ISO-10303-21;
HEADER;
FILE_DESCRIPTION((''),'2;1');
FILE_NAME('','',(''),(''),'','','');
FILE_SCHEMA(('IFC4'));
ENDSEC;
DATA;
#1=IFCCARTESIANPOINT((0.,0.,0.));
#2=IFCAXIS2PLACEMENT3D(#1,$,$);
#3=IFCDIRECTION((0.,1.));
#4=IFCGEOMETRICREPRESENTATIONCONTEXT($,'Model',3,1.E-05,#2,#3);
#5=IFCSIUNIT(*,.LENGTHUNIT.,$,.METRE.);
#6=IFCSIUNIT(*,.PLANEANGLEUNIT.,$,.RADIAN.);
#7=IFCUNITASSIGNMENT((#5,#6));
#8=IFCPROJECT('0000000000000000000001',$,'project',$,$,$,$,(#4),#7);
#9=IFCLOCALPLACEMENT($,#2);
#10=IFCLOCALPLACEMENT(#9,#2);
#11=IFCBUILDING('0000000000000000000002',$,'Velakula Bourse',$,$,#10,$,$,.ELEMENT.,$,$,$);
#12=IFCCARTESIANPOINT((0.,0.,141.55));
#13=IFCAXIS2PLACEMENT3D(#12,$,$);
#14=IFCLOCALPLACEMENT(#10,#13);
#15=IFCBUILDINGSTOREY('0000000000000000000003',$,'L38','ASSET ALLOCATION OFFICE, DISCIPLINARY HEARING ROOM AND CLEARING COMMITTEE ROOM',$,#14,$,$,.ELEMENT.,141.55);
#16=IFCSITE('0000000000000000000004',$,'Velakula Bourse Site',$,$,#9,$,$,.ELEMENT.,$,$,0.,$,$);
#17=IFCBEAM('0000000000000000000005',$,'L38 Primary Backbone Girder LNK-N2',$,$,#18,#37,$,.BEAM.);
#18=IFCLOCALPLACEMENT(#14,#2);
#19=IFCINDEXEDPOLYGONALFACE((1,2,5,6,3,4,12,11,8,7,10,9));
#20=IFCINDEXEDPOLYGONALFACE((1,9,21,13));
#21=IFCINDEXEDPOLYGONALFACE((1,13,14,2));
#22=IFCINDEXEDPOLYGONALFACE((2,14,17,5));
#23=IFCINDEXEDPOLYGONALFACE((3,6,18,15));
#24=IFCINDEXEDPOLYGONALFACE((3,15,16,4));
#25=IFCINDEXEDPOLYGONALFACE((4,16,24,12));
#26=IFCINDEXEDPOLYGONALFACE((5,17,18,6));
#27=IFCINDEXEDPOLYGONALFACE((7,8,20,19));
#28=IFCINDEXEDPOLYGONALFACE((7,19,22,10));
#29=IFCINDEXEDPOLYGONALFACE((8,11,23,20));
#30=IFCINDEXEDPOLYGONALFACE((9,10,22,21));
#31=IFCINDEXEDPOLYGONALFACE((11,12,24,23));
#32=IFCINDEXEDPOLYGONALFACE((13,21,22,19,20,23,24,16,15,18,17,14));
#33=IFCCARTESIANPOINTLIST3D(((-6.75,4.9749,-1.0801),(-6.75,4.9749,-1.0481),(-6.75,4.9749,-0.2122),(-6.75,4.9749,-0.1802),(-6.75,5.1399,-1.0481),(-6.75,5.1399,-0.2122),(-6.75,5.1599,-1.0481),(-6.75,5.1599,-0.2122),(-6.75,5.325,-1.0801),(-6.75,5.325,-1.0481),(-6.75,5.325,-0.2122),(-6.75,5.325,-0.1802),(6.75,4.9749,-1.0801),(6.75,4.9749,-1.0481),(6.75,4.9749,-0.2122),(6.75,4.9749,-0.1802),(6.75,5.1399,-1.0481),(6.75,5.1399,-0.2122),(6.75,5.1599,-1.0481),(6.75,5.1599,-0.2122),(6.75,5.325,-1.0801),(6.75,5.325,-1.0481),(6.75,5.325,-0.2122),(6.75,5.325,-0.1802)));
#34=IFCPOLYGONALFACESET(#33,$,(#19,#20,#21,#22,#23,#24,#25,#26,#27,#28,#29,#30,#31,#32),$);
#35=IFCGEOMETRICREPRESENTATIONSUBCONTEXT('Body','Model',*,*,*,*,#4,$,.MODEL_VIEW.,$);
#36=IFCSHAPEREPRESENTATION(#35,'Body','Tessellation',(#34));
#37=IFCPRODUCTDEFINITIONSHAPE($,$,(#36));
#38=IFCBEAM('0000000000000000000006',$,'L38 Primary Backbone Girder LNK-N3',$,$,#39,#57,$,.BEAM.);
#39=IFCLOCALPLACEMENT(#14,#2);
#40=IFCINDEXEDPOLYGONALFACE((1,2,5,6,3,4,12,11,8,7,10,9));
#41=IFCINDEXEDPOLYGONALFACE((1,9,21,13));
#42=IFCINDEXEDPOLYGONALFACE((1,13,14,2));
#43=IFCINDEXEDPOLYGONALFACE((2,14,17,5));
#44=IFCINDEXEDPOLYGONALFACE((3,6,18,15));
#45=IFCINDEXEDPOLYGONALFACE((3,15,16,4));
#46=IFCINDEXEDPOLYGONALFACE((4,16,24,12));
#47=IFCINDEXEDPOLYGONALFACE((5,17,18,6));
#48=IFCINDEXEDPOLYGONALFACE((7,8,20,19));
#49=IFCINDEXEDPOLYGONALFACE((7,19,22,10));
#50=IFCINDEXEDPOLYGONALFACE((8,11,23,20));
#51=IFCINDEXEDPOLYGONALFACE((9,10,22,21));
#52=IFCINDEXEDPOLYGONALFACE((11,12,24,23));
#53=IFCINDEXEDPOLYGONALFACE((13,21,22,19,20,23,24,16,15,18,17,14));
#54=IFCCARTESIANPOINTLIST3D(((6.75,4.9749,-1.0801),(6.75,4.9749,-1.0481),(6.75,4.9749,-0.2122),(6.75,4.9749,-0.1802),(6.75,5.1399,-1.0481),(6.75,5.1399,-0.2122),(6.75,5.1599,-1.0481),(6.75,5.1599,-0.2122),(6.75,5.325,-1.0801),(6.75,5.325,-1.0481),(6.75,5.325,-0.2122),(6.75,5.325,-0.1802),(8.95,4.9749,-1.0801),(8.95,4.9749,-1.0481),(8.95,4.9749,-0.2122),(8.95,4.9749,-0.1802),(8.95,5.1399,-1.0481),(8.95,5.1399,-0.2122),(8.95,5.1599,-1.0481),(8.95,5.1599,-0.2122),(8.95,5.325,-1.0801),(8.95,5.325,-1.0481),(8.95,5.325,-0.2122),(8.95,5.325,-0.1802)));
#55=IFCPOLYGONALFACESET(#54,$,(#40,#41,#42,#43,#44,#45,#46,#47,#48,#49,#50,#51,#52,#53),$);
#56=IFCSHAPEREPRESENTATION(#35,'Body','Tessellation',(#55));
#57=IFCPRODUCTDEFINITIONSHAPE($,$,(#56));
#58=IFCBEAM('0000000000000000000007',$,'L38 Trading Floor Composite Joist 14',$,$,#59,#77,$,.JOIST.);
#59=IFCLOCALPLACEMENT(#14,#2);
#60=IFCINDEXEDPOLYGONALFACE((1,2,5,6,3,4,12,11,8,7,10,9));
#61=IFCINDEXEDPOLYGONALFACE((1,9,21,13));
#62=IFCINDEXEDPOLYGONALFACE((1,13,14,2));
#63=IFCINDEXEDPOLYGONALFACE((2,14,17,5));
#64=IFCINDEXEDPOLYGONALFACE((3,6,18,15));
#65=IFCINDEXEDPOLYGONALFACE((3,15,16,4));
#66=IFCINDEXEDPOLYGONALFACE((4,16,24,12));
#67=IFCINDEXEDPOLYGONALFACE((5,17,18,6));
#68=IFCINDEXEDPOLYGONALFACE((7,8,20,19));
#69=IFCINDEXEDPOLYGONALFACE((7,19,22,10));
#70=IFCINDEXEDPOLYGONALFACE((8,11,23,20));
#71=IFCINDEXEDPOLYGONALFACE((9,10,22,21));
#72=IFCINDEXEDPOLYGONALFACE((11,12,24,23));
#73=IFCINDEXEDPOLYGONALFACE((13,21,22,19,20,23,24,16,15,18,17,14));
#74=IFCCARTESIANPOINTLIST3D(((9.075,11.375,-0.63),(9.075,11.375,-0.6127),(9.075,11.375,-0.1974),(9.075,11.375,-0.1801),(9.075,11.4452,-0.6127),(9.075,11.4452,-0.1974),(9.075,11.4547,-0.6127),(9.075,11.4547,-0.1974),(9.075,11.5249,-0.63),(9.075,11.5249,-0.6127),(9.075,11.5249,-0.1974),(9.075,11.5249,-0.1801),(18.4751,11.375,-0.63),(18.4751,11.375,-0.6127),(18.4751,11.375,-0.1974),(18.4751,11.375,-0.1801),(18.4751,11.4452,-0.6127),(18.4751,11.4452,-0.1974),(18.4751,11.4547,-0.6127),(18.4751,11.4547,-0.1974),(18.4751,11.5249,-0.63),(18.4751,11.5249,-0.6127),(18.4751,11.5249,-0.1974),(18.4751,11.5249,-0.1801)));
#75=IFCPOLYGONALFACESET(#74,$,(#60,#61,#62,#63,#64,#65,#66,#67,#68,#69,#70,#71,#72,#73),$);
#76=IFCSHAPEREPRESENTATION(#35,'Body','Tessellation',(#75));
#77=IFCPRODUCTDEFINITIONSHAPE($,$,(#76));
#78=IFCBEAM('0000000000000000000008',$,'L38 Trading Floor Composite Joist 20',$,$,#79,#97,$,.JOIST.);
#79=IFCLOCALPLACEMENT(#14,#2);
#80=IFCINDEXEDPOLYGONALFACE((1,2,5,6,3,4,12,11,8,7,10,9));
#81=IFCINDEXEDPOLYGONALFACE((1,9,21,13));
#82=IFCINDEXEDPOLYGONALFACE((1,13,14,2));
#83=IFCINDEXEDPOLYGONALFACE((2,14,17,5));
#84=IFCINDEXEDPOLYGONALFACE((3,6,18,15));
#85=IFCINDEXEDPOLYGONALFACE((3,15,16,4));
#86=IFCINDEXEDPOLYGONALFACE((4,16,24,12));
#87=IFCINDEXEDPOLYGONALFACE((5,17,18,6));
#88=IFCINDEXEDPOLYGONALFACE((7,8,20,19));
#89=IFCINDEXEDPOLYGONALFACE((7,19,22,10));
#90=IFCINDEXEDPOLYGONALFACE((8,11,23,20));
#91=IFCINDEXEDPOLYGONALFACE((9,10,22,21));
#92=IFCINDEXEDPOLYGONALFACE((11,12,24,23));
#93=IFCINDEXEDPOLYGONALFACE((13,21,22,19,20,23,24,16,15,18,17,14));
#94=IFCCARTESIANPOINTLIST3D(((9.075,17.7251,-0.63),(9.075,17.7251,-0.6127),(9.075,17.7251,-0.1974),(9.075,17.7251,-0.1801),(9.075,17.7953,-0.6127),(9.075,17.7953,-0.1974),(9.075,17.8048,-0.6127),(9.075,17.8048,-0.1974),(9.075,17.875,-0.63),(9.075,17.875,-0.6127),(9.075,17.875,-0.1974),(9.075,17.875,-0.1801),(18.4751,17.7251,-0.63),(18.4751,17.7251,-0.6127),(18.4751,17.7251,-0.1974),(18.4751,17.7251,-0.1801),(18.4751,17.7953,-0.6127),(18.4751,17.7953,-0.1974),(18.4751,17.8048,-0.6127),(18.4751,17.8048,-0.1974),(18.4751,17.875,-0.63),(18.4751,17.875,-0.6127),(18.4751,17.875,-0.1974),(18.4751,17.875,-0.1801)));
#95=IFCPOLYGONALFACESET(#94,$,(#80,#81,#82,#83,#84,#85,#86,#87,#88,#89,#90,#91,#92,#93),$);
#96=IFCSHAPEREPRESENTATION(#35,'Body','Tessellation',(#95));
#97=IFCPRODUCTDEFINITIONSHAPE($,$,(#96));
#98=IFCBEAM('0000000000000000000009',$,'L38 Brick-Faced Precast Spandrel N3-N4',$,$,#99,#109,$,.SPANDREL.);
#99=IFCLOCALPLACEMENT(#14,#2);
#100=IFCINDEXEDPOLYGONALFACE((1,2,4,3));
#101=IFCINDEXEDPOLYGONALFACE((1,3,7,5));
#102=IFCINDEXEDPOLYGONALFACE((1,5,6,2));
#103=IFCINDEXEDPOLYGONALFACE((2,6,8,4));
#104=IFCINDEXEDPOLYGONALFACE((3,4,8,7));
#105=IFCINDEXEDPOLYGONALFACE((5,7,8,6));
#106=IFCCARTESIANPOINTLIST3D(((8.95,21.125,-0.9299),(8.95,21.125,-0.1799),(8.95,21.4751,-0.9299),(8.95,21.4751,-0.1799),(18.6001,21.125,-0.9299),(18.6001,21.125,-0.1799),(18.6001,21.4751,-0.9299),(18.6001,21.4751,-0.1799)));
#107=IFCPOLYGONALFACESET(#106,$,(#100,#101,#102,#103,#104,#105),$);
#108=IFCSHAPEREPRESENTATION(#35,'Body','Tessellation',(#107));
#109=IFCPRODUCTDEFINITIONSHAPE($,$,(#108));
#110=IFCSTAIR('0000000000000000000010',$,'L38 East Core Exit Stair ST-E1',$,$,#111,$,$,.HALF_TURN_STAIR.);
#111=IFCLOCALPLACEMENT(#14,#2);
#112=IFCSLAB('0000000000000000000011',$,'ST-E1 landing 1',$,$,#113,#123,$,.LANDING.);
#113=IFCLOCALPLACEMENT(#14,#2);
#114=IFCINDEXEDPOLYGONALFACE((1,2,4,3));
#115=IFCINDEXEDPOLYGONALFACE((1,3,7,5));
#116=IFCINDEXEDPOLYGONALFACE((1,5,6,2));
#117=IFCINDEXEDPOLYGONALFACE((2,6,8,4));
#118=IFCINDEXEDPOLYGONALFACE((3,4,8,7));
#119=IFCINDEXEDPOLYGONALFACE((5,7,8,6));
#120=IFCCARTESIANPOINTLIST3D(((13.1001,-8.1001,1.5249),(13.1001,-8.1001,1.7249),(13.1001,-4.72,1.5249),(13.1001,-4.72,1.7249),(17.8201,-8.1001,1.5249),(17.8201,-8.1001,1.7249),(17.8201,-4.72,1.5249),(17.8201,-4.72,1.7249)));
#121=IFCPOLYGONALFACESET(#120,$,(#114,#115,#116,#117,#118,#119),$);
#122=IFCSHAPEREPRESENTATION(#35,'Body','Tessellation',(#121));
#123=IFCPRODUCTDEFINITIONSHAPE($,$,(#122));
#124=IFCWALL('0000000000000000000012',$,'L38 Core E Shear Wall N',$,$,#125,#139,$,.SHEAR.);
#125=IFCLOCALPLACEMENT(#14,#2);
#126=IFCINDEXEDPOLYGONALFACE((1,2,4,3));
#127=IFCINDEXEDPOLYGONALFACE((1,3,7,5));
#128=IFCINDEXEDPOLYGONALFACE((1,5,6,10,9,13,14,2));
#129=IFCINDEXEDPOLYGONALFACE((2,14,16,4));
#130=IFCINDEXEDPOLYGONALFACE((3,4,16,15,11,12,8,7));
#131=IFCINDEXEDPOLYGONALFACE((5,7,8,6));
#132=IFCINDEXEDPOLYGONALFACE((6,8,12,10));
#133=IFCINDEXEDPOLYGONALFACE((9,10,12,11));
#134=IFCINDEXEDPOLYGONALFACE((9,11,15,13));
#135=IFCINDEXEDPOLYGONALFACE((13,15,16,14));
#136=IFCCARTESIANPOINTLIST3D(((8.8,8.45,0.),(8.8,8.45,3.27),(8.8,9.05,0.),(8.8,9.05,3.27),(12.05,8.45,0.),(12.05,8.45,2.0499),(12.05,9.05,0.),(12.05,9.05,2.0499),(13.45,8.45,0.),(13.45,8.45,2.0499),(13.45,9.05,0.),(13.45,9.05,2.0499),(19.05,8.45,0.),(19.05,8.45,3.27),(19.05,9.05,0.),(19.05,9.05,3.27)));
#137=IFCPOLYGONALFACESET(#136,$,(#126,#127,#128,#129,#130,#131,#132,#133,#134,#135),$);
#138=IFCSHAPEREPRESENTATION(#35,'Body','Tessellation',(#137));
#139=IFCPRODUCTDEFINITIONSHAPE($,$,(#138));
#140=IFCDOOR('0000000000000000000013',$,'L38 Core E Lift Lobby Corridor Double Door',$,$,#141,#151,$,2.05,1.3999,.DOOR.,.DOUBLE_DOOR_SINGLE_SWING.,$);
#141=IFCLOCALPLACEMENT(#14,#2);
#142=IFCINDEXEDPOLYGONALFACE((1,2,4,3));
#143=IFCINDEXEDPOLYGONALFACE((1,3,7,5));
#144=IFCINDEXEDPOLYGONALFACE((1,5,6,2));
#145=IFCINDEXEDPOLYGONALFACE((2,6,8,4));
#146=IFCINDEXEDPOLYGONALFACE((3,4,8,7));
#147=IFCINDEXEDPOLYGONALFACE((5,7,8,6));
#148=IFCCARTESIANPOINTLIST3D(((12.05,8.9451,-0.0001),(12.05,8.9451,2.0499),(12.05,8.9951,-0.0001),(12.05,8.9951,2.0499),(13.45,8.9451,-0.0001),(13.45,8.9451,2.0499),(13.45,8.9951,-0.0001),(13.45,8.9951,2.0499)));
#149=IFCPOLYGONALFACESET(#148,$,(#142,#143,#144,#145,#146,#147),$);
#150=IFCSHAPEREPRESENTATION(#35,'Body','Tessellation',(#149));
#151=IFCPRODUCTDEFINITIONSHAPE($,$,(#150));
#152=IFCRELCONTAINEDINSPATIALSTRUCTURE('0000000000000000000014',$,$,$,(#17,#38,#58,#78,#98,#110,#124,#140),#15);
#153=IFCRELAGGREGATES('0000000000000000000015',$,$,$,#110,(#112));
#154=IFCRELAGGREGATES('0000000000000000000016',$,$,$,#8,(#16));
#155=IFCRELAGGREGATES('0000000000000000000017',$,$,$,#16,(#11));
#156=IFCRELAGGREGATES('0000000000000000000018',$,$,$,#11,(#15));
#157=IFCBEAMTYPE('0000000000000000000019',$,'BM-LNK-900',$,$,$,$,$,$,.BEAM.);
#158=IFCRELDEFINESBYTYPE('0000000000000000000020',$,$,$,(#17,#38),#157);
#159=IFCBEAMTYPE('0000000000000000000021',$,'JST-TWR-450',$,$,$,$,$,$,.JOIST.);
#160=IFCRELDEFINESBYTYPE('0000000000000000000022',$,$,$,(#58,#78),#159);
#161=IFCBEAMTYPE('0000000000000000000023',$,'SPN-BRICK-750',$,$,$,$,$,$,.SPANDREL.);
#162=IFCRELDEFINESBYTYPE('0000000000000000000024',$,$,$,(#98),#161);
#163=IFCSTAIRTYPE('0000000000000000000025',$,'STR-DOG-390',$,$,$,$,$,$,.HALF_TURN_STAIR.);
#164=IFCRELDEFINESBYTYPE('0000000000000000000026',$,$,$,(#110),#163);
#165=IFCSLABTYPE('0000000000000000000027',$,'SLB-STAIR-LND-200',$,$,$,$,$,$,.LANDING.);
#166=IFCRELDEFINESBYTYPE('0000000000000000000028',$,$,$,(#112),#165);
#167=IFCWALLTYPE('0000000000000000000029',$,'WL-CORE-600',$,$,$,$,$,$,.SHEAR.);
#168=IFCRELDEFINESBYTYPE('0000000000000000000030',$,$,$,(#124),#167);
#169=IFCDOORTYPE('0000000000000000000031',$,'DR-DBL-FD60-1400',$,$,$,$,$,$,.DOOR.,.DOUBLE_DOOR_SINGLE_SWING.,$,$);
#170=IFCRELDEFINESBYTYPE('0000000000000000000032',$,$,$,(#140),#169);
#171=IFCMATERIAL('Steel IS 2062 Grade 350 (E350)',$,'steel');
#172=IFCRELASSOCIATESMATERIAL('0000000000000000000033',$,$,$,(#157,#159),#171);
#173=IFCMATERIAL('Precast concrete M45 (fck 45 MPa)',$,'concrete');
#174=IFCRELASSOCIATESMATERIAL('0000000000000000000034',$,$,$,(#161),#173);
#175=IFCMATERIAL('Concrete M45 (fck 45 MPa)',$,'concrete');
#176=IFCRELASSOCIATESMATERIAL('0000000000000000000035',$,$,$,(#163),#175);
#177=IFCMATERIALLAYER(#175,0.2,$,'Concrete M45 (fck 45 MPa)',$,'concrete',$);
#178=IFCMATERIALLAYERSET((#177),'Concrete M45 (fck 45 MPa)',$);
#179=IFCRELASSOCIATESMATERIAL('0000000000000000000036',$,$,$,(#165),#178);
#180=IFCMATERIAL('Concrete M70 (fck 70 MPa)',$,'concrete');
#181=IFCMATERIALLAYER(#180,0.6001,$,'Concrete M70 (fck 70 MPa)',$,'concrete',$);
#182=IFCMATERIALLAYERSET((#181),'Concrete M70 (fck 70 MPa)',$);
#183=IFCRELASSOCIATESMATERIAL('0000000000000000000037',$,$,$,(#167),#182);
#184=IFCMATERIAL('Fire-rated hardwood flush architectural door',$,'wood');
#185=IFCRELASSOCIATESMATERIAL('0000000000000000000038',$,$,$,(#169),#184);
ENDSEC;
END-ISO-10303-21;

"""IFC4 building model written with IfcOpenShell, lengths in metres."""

from ifc_helpers import new_model, si_unit, direction, frame, frame_2d, origin, origin_2d, place, context, subcontext, project, spatial, polyline, rectangle, i_section, outline, extrude, material, layer, layer_set, material_profile, profile_set, type_object, element, fill, aggregate, save


model = new_model("IFC4")

# Units and contexts
model_context = context("Model", 3, precision=1e-05, world=origin(), true_north=direction((0.0, 1.0)))
body_context = subcontext(model_context, "Body", "Model", "MODEL_VIEW")
ifc_project = project(units=[si_unit("LENGTHUNIT", "METRE"), si_unit("PLANEANGLEUNIT", "RADIAN")], contexts=[model_context])

# Site, building, storey
site_placement = place(None, origin())
site = spatial("IfcSite", under=ifc_project, at=site_placement, Name="Velakula Bourse Site", CompositionType="ELEMENT", RefElevation=0.0)
building_placement = place(site_placement, origin())
building = spatial("IfcBuilding", under=site, at=building_placement, Name="Velakula Bourse", CompositionType="ELEMENT")
storey_placement = place(building_placement, frame((0.0, 0.0, 141.55)))
storey = spatial("IfcBuildingStorey", under=building, at=storey_placement, Name="L38", Description="ASSET ALLOCATION OFFICE, DISCIPLINARY HEARING ROOM AND CLEARING COMMITTEE ROOM", CompositionType="ELEMENT", Elevation=141.55)

# Shared definitions
ifc_material_1 = material(Name="Concrete M70 (fck 70 MPa)", Category="concrete")
ifc_material_2 = material(Name="Steel IS 2062 Grade 350 (E350)", Category="steel")

# Beams
ifc_material_profile_1 = material_profile(ifc_material_2, i_section(OverallWidth=0.3501, OverallDepth=0.8999, WebThickness=0.02, FlangeThickness=0.032, at=origin_2d()), Name="Steel IS 2062 Grade 350 (E350)")
ifc_profile_set_1 = profile_set([ifc_material_profile_1], Name="Steel IS 2062 Grade 350 (E350)")
beam_type_1 = type_object("IfcBeamType", Name="BM-LNK-900", PredefinedType="BEAM", material=ifc_profile_set_1)
beam_1_placement = place(storey_placement, frame((-6.75, 5.1499, -0.6301), z_axis=(1.0, 0.0, 0.0), x_axis=(0.0, 1.0, 0.0)))
element("IfcBeam", 1, at=beam_1_placement, inside=storey, type_object=beam_type_1, Name="L38 Primary Backbone Girder LNK-N2", PredefinedType="BEAM", context=body_context, shape_type="SweptSolid", body=[
    extrude(i_section(OverallWidth=0.3501, OverallDepth=0.8999, WebThickness=0.02, FlangeThickness=0.032, at=origin_2d()), origin(), (0.0, 0.0, 1.0), 13.5),
])
beam_2_placement = place(storey_placement, frame((6.75, 5.1499, -0.6301), z_axis=(1.0, 0.0, 0.0), x_axis=(0.0, 1.0, 0.0)))
element("IfcBeam", 2, at=beam_2_placement, inside=storey, type_object=beam_type_1, Name="L38 Primary Backbone Girder LNK-N3", PredefinedType="BEAM", context=body_context, shape_type="SweptSolid", body=[
    extrude(i_section(OverallWidth=0.3501, OverallDepth=0.8999, WebThickness=0.02, FlangeThickness=0.032, at=origin_2d()), origin(), (0.0, 0.0, 1.0), 2.2),
])
ifc_material_profile_2 = material_profile(ifc_material_2, i_section(OverallWidth=0.1499, OverallDepth=0.45, WebThickness=0.0095, FlangeThickness=0.0173, at=origin_2d()), Name="Steel IS 2062 Grade 350 (E350)")
ifc_profile_set_2 = profile_set([ifc_material_profile_2], Name="Steel IS 2062 Grade 350 (E350)")
beam_type_2 = type_object("IfcBeamType", Name="JST-TWR-450", PredefinedType="JOIST", material=ifc_profile_set_2)
for number, where, z_axis, x_axis, name in (
    (3, (9.075, 11.45, -0.405), (1.0, 0.0, 0.0), (0.0, 1.0, 0.0), "L38 Trading Floor Composite Joist 14"),
    (4, (9.075, 17.8, -0.405), (1.0, 0.0, 0.0), (0.0, 1.0, 0.0), "L38 Trading Floor Composite Joist 20"),
):
    element("IfcBeam", number, at=place(storey_placement, frame(where, z_axis=z_axis, x_axis=x_axis)), inside=storey, type_object=beam_type_2, Name=name, PredefinedType="JOIST", context=body_context, shape_type="SweptSolid", body=[
        extrude(i_section(OverallWidth=0.1499, OverallDepth=0.45, WebThickness=0.0095, FlangeThickness=0.0173, at=origin_2d()), origin(), (0.0, 0.0, 1.0), 9.4001),
    ])
ifc_material_3 = material(Name="Precast concrete M45 (fck 45 MPa)", Category="concrete")
ifc_material_profile_3 = material_profile(ifc_material_3, rectangle(XDim=0.3501, YDim=0.75, at=origin_2d()), Name="Precast concrete M45 (fck 45 MPa)")
ifc_profile_set_3 = profile_set([ifc_material_profile_3], Name="Precast concrete M45 (fck 45 MPa)")
beam_type_3 = type_object("IfcBeamType", Name="SPN-BRICK-750", PredefinedType="SPANDREL", material=ifc_profile_set_3)
beam_3_placement = place(storey_placement, frame((8.95, 21.3, -0.5549), z_axis=(1.0, 0.0, 0.0), x_axis=(0.0, 1.0, 0.0)))
element("IfcBeam", 5, at=beam_3_placement, inside=storey, type_object=beam_type_3, Name="L38 Brick-Faced Precast Spandrel N3-N4", PredefinedType="SPANDREL", context=body_context, shape_type="SweptSolid", body=[
    extrude(rectangle(XDim=0.3501, YDim=0.75, at=origin_2d()), origin(), (0.0, 0.0, 1.0), 9.6501),
])

# Stair, slab
ifc_material_4 = material(Name="Concrete M45 (fck 45 MPa)", Category="concrete")
stair_type = type_object("IfcStairType", Name="STR-DOG-390", PredefinedType="HALF_TURN_STAIR", material=ifc_material_4)
stair_placement = place(storey_placement, origin())
stair = element("IfcStair", 6, at=stair_placement, inside=storey, type_object=stair_type, Name="L38 East Core Exit Stair ST-E1", PredefinedType="HALF_TURN_STAIR")
ifc_layer_1 = layer(ifc_material_4, 0.2, Name="Concrete M45 (fck 45 MPa)", Category="concrete")
ifc_layer_set_1 = layer_set([ifc_layer_1], Name="Concrete M45 (fck 45 MPa)")
slab_type = type_object("IfcSlabType", Name="SLB-STAIR-LND-200", PredefinedType="LANDING", material=ifc_layer_set_1)
slab_placement = place(storey_placement, frame((0.0, 0.0, 1.5249)))
slab = element("IfcSlab", 7, at=slab_placement, type_object=slab_type, Name="ST-E1 landing 1", PredefinedType="LANDING", context=body_context, shape_type="SweptSolid", body=[
    extrude(outline(polyline([(13.1001, -4.72), (13.1001, -8.1001), (17.8201, -8.1001), (17.8201, -4.72), (13.1001, -4.72)])), origin(), (0.0, 0.0, 1.0), 0.2),
])
aggregate(stair, [slab])

# Wall, opening, door
ifc_layer_2 = layer(ifc_material_1, 0.6001, Name="Concrete M70 (fck 70 MPa)", Category="concrete")
ifc_layer_set_2 = layer_set([ifc_layer_2], Name="Concrete M70 (fck 70 MPa)")
wall_type_1 = type_object("IfcWallType", Name="WL-CORE-600", PredefinedType="SHEAR", material=ifc_layer_set_2)
wall_1_placement = place(storey_placement, frame((8.8, 8.75, 0.0), z_axis=(0.0, 0.0, 1.0), x_axis=(1.0, 0.0, 0.0)))
wall_1 = element("IfcWall", 8, at=wall_1_placement, inside=storey, type_object=wall_type_1, Name="L38 Core E Shear Wall N", PredefinedType="SHEAR", context=body_context, shape_type="SweptSolid", body=[
    extrude(rectangle(XDim=10.25, YDim=0.6001, at=frame_2d((5.125, 0.0))), origin(), (0.0, 0.0, 1.0), 3.27),
])
opening_1_placement = place(wall_1_placement, frame((3.25, 0.0, 0.0)))
opening_1 = element("IfcOpeningElement", 9, at=opening_1_placement, cuts=wall_1, PredefinedType="OPENING", context=body_context, shape_type="SweptSolid", body=[
    extrude(rectangle(XDim=1.3999, YDim=2.05, at=frame_2d((0.7, 1.0249))), frame((0.0, 0.3101, 0.0), z_axis=(0.0, -1.0, 0.0), x_axis=(1.0, 0.0, 0.0)), (0.0, 0.0, 1.0), 0.6201),
])
ifc_material_5 = material(Name="Fire-rated hardwood flush architectural door", Category="wood")
door_type = type_object("IfcDoorType", Name="DR-DBL-FD60-1400", OperationType="DOUBLE_DOOR_SINGLE_SWING", PredefinedType="DOOR", material=ifc_material_5)
door_placement = place(opening_1_placement, origin())
door = element("IfcDoor", 10, at=door_placement, inside=storey, type_object=door_type, Name="L38 Core E Lift Lobby Corridor Double Door", OperationType="DOUBLE_DOOR_SINGLE_SWING", OverallHeight=2.05, OverallWidth=1.3999, PredefinedType="DOOR", context=body_context, shape_type="SweptSolid", body=[
    extrude(rectangle(XDim=1.3999, YDim=2.05, at=frame_2d((0.7, 1.0249))), frame((0.0, 0.2451, 0.0), z_axis=(0.0, -1.0, 0.0), x_axis=(1.0, 0.0, 0.0)), (0.0, 0.0, 1.0), 0.05),
])
fill(opening_1, door)

save(model, "model.ifc")
